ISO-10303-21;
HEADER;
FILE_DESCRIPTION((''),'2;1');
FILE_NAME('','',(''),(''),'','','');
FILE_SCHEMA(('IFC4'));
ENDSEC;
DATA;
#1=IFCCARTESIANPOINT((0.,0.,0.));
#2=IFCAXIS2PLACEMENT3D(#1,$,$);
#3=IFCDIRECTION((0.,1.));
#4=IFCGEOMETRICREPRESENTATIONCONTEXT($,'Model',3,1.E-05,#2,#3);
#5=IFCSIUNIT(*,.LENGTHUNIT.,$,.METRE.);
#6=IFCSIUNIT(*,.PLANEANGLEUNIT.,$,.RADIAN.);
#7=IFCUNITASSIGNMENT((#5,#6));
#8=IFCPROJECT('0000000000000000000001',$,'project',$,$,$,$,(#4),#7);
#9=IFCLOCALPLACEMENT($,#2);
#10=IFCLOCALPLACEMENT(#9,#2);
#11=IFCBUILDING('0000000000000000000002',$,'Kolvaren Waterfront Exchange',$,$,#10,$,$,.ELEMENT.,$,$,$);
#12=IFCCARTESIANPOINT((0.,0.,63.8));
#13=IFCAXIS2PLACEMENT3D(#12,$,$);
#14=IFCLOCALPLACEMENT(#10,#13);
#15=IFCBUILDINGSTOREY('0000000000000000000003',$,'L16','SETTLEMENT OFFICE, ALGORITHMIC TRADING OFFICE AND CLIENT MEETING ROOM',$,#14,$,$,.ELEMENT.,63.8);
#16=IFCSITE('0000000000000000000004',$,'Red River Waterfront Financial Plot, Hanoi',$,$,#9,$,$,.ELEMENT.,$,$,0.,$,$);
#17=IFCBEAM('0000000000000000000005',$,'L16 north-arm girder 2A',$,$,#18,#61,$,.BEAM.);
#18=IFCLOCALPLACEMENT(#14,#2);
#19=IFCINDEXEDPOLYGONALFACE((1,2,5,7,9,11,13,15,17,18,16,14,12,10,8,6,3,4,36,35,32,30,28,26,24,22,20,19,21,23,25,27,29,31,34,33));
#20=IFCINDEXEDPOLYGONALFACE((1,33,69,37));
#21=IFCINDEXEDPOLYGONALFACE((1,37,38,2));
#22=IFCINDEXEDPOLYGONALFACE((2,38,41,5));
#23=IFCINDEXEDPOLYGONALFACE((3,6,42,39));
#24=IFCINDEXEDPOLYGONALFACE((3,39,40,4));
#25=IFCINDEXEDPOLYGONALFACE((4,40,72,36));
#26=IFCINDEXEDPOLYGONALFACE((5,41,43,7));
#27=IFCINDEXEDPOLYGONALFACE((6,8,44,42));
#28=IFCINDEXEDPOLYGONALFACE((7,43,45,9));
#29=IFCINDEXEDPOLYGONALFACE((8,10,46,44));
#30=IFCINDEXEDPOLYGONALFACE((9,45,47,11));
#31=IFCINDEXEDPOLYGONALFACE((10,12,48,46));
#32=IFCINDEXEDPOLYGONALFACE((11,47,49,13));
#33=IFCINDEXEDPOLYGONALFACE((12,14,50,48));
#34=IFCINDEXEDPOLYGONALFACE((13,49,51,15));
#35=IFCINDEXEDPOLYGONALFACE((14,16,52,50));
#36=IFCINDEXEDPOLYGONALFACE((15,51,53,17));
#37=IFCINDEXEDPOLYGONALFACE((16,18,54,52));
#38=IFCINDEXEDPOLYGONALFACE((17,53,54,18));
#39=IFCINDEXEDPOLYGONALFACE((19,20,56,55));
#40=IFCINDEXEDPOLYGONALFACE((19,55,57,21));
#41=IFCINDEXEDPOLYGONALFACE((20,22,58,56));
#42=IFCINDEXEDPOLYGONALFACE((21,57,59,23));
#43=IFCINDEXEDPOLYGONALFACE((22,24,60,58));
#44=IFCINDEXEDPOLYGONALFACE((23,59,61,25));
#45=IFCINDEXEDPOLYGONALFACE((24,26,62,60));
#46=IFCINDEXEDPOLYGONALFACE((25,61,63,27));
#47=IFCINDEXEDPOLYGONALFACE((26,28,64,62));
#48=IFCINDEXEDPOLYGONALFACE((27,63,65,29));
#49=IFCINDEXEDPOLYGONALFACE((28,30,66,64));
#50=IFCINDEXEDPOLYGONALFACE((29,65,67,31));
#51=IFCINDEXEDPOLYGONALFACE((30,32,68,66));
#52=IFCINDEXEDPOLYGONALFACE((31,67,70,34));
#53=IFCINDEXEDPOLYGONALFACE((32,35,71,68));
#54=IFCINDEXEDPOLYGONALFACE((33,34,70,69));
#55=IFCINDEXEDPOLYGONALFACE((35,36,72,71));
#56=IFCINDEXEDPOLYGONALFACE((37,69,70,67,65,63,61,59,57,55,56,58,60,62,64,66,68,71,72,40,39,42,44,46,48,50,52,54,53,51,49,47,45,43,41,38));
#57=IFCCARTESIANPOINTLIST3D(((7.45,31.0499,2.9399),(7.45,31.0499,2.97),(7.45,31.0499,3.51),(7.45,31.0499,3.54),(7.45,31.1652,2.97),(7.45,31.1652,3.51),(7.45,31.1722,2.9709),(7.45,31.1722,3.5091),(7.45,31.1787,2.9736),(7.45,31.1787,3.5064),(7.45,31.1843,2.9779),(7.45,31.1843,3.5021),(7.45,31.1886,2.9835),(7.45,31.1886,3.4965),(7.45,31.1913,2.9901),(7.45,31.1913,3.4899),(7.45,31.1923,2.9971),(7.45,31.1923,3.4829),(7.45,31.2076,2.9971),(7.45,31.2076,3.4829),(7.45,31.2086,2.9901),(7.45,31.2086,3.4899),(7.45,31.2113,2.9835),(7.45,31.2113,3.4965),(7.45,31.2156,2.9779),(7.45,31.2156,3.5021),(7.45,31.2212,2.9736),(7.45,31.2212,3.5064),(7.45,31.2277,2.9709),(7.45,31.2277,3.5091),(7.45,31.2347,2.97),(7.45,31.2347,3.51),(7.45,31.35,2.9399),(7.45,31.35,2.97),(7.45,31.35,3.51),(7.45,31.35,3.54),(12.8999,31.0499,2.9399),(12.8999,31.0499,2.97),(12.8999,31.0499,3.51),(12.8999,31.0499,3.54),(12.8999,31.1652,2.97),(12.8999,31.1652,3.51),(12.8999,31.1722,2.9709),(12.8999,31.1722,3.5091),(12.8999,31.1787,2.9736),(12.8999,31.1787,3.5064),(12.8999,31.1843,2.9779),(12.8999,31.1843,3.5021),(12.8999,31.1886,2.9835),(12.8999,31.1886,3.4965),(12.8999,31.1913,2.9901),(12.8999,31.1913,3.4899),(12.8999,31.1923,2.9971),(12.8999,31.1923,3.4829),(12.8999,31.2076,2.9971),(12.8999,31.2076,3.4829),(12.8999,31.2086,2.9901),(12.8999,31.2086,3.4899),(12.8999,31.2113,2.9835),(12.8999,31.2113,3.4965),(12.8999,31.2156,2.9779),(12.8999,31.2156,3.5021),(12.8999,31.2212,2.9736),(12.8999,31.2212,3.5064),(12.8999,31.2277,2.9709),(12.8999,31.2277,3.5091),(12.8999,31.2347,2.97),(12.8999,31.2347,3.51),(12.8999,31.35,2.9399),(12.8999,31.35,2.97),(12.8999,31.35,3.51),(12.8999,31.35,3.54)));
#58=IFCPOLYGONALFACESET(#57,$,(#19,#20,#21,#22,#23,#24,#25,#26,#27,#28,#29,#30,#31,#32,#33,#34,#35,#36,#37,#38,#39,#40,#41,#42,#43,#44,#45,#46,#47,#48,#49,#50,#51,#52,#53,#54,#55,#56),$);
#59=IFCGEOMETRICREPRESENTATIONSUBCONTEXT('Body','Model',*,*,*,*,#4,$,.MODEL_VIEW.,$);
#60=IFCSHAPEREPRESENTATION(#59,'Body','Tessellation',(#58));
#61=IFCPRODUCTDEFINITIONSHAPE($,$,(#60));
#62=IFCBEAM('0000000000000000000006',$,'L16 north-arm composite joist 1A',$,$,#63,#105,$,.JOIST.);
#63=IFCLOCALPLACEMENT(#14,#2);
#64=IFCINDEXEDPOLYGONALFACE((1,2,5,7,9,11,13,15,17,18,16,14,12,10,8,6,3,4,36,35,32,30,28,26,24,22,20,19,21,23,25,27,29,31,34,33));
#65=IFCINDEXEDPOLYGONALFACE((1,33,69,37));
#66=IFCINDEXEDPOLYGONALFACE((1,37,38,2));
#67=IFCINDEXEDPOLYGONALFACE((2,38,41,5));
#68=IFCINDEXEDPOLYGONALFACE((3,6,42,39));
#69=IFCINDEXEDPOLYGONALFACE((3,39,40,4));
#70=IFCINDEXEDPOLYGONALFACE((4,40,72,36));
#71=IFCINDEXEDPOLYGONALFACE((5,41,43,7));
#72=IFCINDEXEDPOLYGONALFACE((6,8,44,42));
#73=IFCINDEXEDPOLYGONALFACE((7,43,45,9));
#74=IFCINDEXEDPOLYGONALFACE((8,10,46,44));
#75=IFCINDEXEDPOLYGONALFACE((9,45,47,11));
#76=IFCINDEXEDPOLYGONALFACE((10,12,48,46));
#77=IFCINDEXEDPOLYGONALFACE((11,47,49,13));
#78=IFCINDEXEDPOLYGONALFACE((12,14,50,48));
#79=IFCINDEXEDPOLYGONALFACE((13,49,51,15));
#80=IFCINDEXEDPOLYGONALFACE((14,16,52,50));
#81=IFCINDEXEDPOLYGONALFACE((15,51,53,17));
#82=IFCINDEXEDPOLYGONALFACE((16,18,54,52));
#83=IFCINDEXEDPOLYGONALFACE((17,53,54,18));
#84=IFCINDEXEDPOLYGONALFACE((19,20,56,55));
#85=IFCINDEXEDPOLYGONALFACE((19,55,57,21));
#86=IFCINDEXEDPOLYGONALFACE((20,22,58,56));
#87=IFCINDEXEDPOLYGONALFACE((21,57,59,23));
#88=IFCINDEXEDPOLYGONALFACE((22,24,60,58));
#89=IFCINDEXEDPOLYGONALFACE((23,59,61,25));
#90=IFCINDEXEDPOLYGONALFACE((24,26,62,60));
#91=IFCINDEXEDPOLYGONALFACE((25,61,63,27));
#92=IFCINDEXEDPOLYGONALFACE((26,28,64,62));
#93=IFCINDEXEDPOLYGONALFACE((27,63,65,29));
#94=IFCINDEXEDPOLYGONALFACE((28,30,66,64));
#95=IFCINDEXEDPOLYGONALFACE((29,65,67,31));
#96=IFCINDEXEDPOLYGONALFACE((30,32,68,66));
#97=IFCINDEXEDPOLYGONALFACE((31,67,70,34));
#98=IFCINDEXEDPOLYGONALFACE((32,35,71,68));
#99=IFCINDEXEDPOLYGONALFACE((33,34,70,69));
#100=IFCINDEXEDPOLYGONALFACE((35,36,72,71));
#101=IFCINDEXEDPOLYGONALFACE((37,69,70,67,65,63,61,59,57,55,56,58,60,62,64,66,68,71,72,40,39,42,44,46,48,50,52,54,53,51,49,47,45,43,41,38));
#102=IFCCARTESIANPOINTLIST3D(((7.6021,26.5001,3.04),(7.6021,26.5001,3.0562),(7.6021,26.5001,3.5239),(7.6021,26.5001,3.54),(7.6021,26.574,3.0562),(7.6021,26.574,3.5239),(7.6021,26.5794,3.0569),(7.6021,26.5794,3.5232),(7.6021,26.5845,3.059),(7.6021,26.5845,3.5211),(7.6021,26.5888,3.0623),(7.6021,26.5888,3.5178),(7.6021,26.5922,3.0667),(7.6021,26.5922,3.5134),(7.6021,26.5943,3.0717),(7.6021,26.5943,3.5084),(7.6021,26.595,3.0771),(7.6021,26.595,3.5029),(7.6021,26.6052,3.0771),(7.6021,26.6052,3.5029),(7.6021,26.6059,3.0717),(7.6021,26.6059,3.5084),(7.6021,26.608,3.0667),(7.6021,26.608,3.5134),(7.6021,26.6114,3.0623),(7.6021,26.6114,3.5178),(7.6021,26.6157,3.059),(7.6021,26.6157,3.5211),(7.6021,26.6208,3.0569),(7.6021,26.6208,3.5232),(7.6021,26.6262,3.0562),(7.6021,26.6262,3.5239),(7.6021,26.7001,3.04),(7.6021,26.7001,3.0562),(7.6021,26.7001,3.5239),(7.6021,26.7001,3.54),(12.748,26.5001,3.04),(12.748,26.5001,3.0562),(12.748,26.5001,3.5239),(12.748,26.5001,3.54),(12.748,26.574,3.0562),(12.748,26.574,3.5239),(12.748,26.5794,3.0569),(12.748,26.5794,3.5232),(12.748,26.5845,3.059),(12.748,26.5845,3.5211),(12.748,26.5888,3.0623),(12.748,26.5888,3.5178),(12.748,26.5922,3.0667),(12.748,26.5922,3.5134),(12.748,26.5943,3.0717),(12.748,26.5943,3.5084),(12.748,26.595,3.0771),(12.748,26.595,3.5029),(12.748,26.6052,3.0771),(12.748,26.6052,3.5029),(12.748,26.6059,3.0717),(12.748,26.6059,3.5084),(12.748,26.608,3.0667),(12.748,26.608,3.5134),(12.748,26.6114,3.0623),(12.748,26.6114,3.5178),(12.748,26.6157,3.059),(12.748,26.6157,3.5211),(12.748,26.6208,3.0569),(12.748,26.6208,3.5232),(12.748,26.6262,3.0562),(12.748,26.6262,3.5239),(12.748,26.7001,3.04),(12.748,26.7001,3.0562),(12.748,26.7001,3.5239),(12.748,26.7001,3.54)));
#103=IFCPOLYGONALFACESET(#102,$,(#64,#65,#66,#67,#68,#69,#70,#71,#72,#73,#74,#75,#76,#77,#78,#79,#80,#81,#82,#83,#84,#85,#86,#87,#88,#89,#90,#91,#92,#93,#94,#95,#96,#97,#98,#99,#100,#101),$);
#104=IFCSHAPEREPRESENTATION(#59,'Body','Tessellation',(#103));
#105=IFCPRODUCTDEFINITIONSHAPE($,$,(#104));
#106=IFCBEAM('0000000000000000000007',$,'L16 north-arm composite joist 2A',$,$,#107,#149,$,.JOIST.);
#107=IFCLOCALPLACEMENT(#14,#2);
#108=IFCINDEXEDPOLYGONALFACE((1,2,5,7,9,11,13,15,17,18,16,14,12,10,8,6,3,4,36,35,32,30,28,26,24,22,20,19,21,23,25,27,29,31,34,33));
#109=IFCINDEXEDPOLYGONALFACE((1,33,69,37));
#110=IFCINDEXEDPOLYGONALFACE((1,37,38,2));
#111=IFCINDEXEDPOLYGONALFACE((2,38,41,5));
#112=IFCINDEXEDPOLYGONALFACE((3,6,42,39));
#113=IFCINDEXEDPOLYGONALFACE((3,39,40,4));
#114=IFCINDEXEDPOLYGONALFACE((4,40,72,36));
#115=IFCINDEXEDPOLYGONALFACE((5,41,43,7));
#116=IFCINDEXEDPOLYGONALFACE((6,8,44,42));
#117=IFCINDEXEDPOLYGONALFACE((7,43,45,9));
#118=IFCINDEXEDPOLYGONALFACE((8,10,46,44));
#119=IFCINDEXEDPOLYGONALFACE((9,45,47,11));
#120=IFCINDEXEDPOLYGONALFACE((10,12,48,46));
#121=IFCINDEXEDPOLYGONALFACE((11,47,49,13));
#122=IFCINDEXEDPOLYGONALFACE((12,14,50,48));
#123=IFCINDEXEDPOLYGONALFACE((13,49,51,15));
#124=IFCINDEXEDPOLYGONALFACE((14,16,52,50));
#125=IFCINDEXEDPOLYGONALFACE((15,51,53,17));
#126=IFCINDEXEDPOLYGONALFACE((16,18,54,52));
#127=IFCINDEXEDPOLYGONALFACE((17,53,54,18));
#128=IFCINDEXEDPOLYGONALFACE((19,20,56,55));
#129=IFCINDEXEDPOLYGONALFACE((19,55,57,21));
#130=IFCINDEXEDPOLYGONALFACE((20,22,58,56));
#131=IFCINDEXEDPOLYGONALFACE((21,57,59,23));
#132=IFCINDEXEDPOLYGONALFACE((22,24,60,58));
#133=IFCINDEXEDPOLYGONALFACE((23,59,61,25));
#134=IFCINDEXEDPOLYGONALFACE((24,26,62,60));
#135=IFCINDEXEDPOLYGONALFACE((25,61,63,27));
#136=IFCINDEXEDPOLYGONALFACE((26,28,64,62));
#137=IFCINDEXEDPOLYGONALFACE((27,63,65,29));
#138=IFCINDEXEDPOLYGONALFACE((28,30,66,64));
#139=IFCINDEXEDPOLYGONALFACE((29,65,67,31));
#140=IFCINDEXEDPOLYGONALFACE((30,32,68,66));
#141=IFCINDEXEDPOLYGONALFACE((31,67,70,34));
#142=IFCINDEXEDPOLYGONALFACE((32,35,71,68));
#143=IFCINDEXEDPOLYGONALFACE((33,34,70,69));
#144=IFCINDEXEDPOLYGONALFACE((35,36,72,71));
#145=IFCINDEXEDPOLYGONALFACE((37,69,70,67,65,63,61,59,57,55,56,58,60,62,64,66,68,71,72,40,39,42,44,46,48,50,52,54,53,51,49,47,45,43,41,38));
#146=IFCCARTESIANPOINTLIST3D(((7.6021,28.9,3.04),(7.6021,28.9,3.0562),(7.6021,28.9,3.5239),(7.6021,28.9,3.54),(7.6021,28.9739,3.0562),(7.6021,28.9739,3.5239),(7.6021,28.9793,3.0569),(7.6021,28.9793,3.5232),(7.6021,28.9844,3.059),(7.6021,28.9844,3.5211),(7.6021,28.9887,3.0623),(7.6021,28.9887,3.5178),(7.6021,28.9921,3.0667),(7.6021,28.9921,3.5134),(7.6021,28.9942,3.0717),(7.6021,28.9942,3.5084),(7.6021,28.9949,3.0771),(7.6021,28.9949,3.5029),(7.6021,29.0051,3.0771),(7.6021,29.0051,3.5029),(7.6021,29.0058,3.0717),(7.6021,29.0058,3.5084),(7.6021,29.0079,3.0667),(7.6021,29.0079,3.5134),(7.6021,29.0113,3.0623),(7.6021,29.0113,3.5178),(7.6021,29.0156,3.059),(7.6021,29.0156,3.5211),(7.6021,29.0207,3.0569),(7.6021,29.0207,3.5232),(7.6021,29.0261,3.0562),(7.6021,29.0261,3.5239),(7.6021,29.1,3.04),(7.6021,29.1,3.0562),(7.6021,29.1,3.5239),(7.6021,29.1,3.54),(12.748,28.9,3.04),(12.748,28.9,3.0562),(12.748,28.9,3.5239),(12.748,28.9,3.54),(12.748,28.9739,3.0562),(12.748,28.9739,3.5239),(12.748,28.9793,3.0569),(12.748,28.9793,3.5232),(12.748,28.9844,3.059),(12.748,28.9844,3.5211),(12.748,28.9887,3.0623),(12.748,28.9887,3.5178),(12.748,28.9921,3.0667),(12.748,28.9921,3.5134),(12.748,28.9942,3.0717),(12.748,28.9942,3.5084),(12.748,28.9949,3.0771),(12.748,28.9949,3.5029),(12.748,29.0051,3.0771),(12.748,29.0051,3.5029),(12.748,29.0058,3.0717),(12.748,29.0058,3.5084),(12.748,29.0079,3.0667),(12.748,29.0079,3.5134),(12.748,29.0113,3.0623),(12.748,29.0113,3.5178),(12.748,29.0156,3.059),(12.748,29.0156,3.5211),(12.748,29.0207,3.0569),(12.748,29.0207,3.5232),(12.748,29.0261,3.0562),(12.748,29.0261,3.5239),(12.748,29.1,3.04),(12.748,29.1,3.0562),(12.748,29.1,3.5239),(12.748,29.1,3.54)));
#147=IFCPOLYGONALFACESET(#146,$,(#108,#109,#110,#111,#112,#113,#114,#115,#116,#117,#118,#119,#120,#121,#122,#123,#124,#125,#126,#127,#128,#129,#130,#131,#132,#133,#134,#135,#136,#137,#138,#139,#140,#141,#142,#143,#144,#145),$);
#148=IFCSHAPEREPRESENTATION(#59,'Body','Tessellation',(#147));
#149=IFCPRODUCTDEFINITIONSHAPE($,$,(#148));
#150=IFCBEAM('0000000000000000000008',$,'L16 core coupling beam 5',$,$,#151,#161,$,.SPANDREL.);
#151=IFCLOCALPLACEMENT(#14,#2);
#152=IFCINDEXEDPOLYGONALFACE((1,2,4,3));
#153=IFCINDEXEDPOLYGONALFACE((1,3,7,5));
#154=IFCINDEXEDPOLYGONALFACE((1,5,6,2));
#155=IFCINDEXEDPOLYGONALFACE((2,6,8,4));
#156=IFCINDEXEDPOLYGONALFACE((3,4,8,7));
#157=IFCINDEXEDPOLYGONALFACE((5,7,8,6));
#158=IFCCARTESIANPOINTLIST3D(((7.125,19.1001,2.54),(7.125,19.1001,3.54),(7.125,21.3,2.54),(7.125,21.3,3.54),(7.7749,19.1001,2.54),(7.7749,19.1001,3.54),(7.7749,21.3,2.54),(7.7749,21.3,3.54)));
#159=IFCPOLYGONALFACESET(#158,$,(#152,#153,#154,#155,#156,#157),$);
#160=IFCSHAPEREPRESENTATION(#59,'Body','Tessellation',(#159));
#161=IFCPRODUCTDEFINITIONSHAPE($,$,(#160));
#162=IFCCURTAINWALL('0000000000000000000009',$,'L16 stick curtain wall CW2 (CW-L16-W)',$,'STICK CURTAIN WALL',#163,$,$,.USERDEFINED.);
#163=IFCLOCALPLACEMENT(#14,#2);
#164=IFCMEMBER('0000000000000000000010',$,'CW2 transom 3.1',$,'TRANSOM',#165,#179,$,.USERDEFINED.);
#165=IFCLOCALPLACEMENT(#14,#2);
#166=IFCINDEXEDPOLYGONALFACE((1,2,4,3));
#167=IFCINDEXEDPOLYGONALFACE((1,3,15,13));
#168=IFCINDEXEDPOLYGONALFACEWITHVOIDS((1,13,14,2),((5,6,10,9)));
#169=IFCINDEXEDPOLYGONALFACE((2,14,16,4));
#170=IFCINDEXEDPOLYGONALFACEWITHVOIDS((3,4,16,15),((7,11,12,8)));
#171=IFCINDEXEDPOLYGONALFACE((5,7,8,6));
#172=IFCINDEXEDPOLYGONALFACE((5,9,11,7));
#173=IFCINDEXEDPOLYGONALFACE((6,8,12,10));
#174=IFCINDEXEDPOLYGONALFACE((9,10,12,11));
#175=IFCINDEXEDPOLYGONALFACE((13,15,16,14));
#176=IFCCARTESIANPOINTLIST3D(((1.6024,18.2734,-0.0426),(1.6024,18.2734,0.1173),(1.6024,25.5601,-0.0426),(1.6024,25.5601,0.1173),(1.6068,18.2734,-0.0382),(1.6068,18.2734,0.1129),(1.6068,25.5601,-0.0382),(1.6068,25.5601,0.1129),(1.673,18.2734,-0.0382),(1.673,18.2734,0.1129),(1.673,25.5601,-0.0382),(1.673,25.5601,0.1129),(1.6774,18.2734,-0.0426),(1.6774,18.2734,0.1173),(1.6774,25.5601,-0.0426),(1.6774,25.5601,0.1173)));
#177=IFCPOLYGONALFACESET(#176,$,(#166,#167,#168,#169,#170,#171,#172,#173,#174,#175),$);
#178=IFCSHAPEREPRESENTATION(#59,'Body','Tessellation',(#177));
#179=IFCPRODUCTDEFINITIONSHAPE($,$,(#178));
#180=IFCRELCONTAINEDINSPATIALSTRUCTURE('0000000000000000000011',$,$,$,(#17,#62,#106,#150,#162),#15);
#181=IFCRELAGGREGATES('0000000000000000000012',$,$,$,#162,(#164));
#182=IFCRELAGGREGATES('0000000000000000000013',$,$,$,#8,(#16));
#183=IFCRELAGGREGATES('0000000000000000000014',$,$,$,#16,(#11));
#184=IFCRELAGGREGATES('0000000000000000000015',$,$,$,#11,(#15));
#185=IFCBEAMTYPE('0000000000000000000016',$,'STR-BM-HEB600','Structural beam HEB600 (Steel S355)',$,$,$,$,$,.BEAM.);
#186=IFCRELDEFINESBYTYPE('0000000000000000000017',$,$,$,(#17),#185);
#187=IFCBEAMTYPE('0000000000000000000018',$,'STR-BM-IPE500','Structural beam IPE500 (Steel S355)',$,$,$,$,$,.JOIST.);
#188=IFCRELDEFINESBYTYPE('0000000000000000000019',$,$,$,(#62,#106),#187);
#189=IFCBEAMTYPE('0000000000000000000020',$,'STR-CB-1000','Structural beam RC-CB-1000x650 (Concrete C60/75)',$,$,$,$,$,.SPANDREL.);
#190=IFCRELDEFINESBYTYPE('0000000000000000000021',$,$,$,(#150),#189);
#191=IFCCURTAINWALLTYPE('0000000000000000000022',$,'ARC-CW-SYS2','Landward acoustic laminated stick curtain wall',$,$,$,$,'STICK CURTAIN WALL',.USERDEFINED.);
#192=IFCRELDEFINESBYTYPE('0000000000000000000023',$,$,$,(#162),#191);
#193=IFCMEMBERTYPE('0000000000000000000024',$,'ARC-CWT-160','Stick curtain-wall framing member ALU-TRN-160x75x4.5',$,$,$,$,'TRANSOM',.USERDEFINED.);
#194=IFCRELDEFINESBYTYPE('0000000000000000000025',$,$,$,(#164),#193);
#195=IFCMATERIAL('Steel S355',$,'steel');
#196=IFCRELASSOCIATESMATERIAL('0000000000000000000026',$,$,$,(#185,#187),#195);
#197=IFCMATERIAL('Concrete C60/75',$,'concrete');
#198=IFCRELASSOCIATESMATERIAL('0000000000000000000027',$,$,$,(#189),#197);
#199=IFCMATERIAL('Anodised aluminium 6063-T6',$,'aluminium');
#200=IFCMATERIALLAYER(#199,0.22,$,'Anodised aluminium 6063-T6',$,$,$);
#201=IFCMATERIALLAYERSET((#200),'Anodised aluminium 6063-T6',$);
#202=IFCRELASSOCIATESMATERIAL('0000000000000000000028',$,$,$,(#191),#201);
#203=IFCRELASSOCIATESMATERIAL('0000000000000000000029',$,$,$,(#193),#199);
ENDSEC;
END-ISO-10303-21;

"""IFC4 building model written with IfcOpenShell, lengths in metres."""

from ifc_helpers import new_model, si_unit, direction, frame, origin, origin_with_axes, origin_2d, place, context, subcontext, project, spatial, rectangle, hollow_rectangle, i_section, extrude, source, transform, mapped, material, layer, layer_set, material_profile, profile_set, type_object, element, aggregate, save


model = new_model("IFC4")

# Units and contexts
model_context = context("Model", 3, precision=1e-05, world=origin(), true_north=direction((0.0, 1.0)))
body_context = subcontext(model_context, "Body", "Model", "MODEL_VIEW")
ifc_project = project(units=[si_unit("LENGTHUNIT", "METRE"), si_unit("PLANEANGLEUNIT", "RADIAN")], contexts=[model_context])

# Site, building, storey
site_placement = place(None, origin())
site = spatial("IfcSite", under=ifc_project, at=site_placement, Name="Red River Waterfront Financial Plot, Hanoi", CompositionType="ELEMENT", RefElevation=0.0)
building_placement = place(site_placement, origin())
building = spatial("IfcBuilding", under=site, at=building_placement, Name="Kolvaren Waterfront Exchange", CompositionType="ELEMENT")
storey_placement = place(building_placement, frame((0.0, 0.0, 63.8)))
storey = spatial("IfcBuildingStorey", under=building, at=storey_placement, Name="L16", Description="SETTLEMENT OFFICE, ALGORITHMIC TRADING OFFICE AND CLIENT MEETING ROOM", CompositionType="ELEMENT", Elevation=63.8)

# Beams
ifc_material_1 = material(Name="Steel S355", Category="steel")
ifc_material_profile_1 = material_profile(ifc_material_1, i_section(OverallWidth=0.3, OverallDepth=0.6001, WebThickness=0.0154, FlangeThickness=0.03, FilletRadius=0.0271, at=origin_2d()), Name="HEB600")
ifc_profile_set_1 = profile_set([ifc_material_profile_1], Name="Steel S355")
beam_type_1 = type_object("IfcBeamType", Name="STR-BM-HEB600", Description="Structural beam HEB600 (Steel S355)", PredefinedType="BEAM", material=ifc_profile_set_1)
for number, where, z_axis, x_axis, name in (
    (1, (7.45, 31.2, 3.24), (1.0, 0.0, 0.0), (0.0, 1.0, 0.0), "L16 north-arm girder 2A"),
):
    element("IfcBeam", number, at=place(storey_placement, frame(where, z_axis=z_axis, x_axis=x_axis)), inside=storey, type_object=beam_type_1, Name=name, PredefinedType="BEAM", context=body_context, shape_type="SweptSolid", body=[
        extrude(i_section(OverallWidth=0.3, OverallDepth=0.6001, WebThickness=0.0154, FlangeThickness=0.03, FilletRadius=0.0271, at=origin_2d()), origin(), (0.0, 0.0, 1.0), 5.45),
    ])
ifc_material_profile_2 = material_profile(ifc_material_1, i_section(OverallWidth=0.2, OverallDepth=0.5, WebThickness=0.0103, FlangeThickness=0.0161, FilletRadius=0.021, at=origin_2d()), Name="IPE500")
ifc_profile_set_2 = profile_set([ifc_material_profile_2], Name="Steel S355")
beam_type_2 = type_object("IfcBeamType", Name="STR-BM-IPE500", Description="Structural beam IPE500 (Steel S355)", PredefinedType="JOIST", material=ifc_profile_set_2)
for number, where, z_axis, x_axis, name in (
    (2, (7.6021, 26.6001, 3.29), (1.0, 0.0, 0.0), (0.0, 1.0, 0.0), "L16 north-arm composite joist 1A"),
    (3, (7.6021, 29.0, 3.29), (1.0, 0.0, 0.0), (0.0, 1.0, 0.0), "L16 north-arm composite joist 2A"),
):
    element("IfcBeam", number, at=place(storey_placement, frame(where, z_axis=z_axis, x_axis=x_axis)), inside=storey, type_object=beam_type_2, Name=name, PredefinedType="JOIST", context=body_context, shape_type="SweptSolid", body=[
        extrude(i_section(OverallWidth=0.2, OverallDepth=0.5, WebThickness=0.0103, FlangeThickness=0.0161, FilletRadius=0.021, at=origin_2d()), origin(), (0.0, 0.0, 1.0), 5.146),
    ])
ifc_material_2 = material(Name="Concrete C60/75", Category="concrete")
ifc_material_profile_3 = material_profile(ifc_material_2, rectangle(XDim=0.6499, YDim=1.0, at=origin_2d()), Name="RC-CB-1000x650")
ifc_profile_set_3 = profile_set([ifc_material_profile_3], Name="Concrete C60/75")
beam_type_3 = type_object("IfcBeamType", Name="STR-CB-1000", Description="Structural beam RC-CB-1000x650 (Concrete C60/75)", PredefinedType="SPANDREL", material=ifc_profile_set_3)
beam_1_placement = place(storey_placement, frame((7.45, 19.1001, 3.04), z_axis=(0.0, 1.0, 0.0), x_axis=(-1.0, 0.0, 0.0)))
element("IfcBeam", 4, at=beam_1_placement, inside=storey, type_object=beam_type_3, Name="L16 core coupling beam 5", PredefinedType="SPANDREL", context=body_context, shape_type="SweptSolid", body=[
    extrude(rectangle(XDim=0.6499, YDim=1.0, at=origin_2d()), origin(), (0.0, 0.0, 1.0), 2.2),
])

# Curtain wall, member
ifc_material_3 = material(Name="Anodised aluminium 6063-T6", Category="aluminium")
ifc_layer_1 = layer(ifc_material_3, 0.22, Name="Anodised aluminium 6063-T6")
ifc_layer_set_1 = layer_set([ifc_layer_1], Name="Anodised aluminium 6063-T6")
curtain_wall_type = type_object("IfcCurtainWallType", Name="ARC-CW-SYS2", Description="Landward acoustic laminated stick curtain wall", ElementType="STICK CURTAIN WALL", PredefinedType="USERDEFINED", material=ifc_layer_set_1)
curtain_wall_placement = place(storey_placement, origin())
curtain_wall = element("IfcCurtainWall", 5, at=curtain_wall_placement, inside=storey, type_object=curtain_wall_type, Name="L16 stick curtain wall CW2 (CW-L16-W)", ObjectType="STICK CURTAIN WALL", PredefinedType="USERDEFINED")
ifc_material_profile_4 = material_profile(ifc_material_3, hollow_rectangle(XDim=0.075, YDim=0.1599, WallThickness=0.0044, at=origin_2d()), Name="ALU-TRN-160x75x4.5")
ifc_profile_set_4 = profile_set([ifc_material_profile_4], Name="Anodised aluminium 6063-T6")
member_type_1 = type_object("IfcMemberType", Name="ARC-CWT-160", Description="Stick curtain-wall framing member ALU-TRN-160x75x4.5", ElementType="TRANSOM", PredefinedType="USERDEFINED", material=ifc_profile_set_4)
shared_shape_1 = source(origin_with_axes(), body_context, "Body", "SweptSolid", [
    extrude(hollow_rectangle(XDim=0.075, YDim=0.1599, WallThickness=0.0044, at=origin_2d()), origin(), (0.0, 0.0, 1.0), 7.2866),
])
member_1_placement = place(storey_placement, frame((1.6399, 18.2734, 0.0374), z_axis=(0.0, 1.0, 0.0), x_axis=(-1.0, 0.0, 0.0)))
member_1 = element("IfcMember", 6, at=member_1_placement, type_object=member_type_1, Name="CW2 transom 3.1", ObjectType="TRANSOM", PredefinedType="USERDEFINED", context=body_context, shape_type="MappedRepresentation", body=[
    mapped(shared_shape_1, transform((0.0, 0.0, 0.0), x_axis=(1.0, 0.0, 0.0), y_axis=(0.0, 1.0, 0.0), z_axis=(0.0, 0.0, 1.0), scale=1.0)),
])
aggregate(curtain_wall, [member_1])

save(model, "model.ifc")
